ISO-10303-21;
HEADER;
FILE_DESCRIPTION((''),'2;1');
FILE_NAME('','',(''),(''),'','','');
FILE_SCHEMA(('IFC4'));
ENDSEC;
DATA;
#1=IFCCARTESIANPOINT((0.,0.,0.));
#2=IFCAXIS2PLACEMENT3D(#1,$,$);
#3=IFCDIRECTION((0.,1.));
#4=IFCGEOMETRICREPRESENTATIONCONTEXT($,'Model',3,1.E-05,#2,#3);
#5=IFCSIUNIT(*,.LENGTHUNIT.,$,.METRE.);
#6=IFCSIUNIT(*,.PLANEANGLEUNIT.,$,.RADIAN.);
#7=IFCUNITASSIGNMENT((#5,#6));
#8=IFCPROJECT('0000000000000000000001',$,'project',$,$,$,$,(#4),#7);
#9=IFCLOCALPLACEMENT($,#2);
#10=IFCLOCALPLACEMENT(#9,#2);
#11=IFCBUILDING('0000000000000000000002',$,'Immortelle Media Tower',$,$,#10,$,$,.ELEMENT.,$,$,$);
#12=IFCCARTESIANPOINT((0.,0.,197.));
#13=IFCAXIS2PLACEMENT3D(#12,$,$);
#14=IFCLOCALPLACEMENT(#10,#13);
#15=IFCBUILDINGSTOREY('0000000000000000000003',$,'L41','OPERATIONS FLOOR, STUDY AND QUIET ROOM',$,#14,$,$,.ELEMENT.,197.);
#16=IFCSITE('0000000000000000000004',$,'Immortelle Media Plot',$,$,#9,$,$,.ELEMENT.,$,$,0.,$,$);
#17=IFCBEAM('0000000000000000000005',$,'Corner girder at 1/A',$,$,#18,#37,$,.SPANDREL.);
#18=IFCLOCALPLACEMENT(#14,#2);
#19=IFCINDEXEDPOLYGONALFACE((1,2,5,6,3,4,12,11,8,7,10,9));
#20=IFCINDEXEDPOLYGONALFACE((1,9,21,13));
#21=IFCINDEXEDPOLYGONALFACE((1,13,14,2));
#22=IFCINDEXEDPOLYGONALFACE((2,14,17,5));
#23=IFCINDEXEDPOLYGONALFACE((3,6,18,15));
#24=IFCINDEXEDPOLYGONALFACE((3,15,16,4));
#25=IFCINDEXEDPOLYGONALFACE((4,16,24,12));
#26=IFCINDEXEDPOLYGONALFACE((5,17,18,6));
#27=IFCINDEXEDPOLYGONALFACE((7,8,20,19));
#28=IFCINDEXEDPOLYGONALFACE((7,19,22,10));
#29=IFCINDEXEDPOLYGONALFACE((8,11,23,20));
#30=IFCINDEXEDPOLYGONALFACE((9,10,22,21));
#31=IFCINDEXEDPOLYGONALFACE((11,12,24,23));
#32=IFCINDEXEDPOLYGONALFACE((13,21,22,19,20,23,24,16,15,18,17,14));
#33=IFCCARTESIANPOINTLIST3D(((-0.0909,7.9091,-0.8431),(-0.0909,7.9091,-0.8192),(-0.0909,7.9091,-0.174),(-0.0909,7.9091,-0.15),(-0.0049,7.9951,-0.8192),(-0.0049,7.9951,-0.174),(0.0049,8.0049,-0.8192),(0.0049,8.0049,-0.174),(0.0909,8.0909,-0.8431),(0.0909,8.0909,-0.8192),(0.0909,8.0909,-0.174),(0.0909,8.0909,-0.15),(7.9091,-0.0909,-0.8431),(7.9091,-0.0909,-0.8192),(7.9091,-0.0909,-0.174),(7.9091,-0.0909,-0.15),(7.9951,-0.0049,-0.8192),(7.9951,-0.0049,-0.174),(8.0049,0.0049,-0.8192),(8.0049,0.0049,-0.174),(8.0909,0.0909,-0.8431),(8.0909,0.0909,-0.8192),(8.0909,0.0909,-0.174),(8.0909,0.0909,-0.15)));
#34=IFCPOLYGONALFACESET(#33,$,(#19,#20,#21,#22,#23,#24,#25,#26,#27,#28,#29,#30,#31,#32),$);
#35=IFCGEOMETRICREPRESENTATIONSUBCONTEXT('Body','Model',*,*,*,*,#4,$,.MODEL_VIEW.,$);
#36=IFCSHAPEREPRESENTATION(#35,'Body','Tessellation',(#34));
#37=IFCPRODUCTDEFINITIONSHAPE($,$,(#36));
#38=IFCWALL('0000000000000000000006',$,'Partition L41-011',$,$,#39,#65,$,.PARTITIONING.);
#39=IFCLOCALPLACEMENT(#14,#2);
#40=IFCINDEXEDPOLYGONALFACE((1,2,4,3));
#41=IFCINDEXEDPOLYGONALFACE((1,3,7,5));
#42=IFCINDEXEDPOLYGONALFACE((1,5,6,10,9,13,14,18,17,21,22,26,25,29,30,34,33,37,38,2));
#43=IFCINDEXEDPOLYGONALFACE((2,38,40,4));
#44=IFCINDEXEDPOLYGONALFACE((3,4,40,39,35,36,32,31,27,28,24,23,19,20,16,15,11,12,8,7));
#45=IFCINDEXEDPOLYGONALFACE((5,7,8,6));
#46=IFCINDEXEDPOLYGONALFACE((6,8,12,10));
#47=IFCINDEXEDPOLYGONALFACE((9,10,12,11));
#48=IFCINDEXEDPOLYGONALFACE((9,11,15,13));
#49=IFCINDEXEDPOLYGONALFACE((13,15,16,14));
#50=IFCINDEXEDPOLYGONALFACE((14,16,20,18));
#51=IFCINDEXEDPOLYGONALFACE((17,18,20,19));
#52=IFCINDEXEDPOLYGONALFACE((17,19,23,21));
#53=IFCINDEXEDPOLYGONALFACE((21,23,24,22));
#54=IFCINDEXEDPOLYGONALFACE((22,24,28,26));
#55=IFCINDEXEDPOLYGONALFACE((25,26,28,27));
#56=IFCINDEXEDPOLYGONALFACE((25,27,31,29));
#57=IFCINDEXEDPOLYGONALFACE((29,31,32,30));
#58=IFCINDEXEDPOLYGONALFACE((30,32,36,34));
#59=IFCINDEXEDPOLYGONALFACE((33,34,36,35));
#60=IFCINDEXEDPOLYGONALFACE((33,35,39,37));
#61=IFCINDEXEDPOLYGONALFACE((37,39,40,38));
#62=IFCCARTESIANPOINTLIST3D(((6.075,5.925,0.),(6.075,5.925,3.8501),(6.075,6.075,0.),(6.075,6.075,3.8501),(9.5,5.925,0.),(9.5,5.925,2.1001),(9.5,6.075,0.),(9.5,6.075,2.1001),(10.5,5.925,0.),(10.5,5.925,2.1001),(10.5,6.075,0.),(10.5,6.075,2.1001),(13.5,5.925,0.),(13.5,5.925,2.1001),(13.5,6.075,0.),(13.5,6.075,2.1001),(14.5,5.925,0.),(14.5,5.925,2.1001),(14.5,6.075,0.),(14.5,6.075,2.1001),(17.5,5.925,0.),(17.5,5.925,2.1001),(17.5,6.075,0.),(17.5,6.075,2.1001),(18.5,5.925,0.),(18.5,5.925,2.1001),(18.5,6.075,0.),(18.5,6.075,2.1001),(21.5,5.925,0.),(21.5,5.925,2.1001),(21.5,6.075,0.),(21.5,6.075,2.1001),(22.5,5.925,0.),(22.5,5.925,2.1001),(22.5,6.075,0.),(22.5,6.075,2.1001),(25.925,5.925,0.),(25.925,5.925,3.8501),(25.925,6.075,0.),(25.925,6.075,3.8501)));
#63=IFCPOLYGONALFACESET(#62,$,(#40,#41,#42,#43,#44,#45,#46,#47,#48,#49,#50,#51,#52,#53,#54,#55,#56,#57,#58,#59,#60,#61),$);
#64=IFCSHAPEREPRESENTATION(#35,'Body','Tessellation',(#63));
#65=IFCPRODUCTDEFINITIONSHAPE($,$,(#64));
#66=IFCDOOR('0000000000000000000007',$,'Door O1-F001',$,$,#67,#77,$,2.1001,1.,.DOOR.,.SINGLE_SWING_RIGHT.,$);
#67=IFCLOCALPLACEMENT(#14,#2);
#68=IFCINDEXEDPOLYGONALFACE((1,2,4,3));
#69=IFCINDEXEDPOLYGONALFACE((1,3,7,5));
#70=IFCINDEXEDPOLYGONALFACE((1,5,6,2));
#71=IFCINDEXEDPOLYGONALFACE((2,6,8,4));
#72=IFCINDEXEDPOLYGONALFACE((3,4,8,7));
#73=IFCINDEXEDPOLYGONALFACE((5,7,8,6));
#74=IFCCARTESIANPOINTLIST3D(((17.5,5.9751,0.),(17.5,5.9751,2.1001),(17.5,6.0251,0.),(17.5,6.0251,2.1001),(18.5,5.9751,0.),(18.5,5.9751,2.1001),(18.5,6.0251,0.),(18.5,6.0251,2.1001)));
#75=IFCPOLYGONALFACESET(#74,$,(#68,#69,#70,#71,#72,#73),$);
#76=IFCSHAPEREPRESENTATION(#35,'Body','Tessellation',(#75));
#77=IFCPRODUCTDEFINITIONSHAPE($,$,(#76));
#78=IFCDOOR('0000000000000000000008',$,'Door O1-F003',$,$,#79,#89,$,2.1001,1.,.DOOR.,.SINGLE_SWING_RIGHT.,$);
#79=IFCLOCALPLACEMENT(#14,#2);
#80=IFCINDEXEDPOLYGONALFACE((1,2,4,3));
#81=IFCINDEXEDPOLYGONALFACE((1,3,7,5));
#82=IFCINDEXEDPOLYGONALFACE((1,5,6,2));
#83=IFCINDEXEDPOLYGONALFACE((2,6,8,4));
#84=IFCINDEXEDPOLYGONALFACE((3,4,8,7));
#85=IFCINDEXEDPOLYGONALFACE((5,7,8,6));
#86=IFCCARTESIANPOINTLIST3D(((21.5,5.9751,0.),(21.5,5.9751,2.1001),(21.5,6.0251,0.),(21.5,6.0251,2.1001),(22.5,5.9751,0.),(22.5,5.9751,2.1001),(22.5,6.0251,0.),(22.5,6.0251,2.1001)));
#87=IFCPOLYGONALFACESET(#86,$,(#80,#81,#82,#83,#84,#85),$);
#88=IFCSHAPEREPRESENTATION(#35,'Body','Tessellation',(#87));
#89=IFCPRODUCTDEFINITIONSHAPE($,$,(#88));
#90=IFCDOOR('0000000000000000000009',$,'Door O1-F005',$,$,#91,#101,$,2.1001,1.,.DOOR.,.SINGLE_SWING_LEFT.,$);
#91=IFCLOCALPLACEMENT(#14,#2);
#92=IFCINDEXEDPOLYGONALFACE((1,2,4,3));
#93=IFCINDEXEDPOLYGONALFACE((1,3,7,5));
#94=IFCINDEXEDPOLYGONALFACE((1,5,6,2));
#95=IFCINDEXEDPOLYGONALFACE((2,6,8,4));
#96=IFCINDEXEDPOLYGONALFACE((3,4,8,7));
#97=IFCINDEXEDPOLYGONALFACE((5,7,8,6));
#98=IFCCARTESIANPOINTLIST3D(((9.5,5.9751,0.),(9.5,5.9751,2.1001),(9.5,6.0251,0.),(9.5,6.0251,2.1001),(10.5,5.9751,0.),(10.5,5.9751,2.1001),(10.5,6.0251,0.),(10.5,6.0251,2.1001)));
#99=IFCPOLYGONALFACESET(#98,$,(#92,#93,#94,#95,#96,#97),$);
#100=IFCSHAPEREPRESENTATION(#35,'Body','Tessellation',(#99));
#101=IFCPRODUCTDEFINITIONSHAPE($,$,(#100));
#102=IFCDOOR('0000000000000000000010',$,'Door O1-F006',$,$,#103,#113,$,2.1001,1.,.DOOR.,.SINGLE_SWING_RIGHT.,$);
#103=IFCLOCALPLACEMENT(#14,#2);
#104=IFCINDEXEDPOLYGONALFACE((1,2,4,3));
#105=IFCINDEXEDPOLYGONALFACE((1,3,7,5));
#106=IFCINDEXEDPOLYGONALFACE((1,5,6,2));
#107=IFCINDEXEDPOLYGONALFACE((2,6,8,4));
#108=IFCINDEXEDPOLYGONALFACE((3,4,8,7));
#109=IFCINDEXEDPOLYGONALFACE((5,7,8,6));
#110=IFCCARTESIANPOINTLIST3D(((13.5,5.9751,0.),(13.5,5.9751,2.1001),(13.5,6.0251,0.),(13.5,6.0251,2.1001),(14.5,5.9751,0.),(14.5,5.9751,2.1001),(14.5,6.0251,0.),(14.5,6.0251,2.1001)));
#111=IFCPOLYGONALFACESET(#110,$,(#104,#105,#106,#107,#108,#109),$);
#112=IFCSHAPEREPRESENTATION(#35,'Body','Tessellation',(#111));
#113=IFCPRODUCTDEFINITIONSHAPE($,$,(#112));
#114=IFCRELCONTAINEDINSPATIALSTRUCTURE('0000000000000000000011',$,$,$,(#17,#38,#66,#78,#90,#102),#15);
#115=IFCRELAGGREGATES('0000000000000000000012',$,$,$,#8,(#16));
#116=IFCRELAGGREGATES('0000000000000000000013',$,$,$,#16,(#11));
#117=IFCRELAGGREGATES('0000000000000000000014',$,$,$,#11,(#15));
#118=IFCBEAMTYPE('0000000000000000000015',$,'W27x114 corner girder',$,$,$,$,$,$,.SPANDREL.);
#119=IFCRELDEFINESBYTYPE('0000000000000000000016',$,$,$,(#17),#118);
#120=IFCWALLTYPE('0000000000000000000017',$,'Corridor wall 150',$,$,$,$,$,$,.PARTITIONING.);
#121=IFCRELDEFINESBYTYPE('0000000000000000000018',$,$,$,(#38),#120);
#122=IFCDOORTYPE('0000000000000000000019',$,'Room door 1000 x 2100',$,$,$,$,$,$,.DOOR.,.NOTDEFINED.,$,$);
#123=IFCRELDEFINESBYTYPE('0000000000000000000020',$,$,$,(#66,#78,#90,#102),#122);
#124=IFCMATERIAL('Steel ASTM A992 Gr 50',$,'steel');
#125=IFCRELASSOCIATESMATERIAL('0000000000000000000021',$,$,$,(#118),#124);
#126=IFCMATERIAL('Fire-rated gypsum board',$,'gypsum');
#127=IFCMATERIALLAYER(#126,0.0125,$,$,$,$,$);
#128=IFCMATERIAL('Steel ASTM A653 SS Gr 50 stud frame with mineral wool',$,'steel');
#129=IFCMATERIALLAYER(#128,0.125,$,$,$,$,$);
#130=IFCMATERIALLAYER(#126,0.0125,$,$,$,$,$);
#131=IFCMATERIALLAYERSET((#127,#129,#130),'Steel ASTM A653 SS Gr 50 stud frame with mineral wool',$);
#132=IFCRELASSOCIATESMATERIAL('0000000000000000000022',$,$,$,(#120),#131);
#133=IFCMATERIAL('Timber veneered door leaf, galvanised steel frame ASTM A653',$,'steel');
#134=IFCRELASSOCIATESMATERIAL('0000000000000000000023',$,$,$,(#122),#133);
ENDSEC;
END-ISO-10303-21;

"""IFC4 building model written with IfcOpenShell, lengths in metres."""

from ifc_helpers import new_model, si_unit, direction, frame, frame_2d, origin, origin_2d, place, context, subcontext, project, spatial, rectangle, i_section, extrude, material, layer, layer_set, material_profile, profile_set, type_object, element, fill, save


model = new_model("IFC4")

# Units and contexts
model_context = context("Model", 3, precision=1e-05, world=origin(), true_north=direction((0.0, 1.0)))
body_context = subcontext(model_context, "Body", "Model", "MODEL_VIEW")
ifc_project = project(units=[si_unit("LENGTHUNIT", "METRE"), si_unit("PLANEANGLEUNIT", "RADIAN")], contexts=[model_context])

# Site, building, storey
site_placement = place(None, origin())
site = spatial("IfcSite", under=ifc_project, at=site_placement, Name="Immortelle Media Plot", CompositionType="ELEMENT", RefElevation=0.0)
building_placement = place(site_placement, origin())
building = spatial("IfcBuilding", under=site, at=building_placement, Name="Immortelle Media Tower", CompositionType="ELEMENT")
storey_placement = place(building_placement, frame((0.0, 0.0, 197.0)))
storey = spatial("IfcBuildingStorey", under=building, at=storey_placement, Name="L41", Description="OPERATIONS FLOOR, STUDY AND QUIET ROOM", CompositionType="ELEMENT", Elevation=197.0)

# Shared definitions
ifc_material_1 = material(Name="Steel ASTM A992 Gr 50", Category="steel")

# Beam
ifc_material_profile_1 = material_profile(ifc_material_1, i_section(OverallWidth=0.2571, OverallDepth=0.6931, WebThickness=0.0139, FlangeThickness=0.0239, at=origin_2d()), Name="W27x114")
ifc_profile_set_1 = profile_set([ifc_material_profile_1], Name="Steel ASTM A992 Gr 50")
beam_type_1 = type_object("IfcBeamType", Name="W27x114 corner girder", PredefinedType="SPANDREL", material=ifc_profile_set_1)
beam_1_placement = place(storey_placement, frame((8.0, 0.0, -0.4966), z_axis=(-0.707107, 0.707107, 0.0), x_axis=(-0.707107, -0.707107, 0.0)))
element("IfcBeam", 1, at=beam_1_placement, inside=storey, type_object=beam_type_1, Name="Corner girder at 1/A", PredefinedType="SPANDREL", context=body_context, shape_type="SweptSolid", body=[
    extrude(i_section(OverallWidth=0.2571, OverallDepth=0.6931, WebThickness=0.0139, FlangeThickness=0.0239, at=origin_2d()), origin(), (0.0, 0.0, 1.0), 11.3137),
])

# Wall, openings, doors
ifc_material_2 = material(Name="Fire-rated gypsum board", Category="gypsum")
ifc_layer_1 = layer(ifc_material_2, 0.0125)
ifc_material_3 = material(Name="Steel ASTM A653 SS Gr 50 stud frame with mineral wool", Category="steel")
ifc_layer_2 = layer(ifc_material_3, 0.125)
ifc_layer_3 = layer(ifc_material_2, 0.0125)
ifc_layer_set_1 = layer_set([ifc_layer_1, ifc_layer_2, ifc_layer_3], Name="Steel ASTM A653 SS Gr 50 stud frame with mineral wool")
wall_type_1 = type_object("IfcWallType", Name="Corridor wall 150", PredefinedType="PARTITIONING", material=ifc_layer_set_1)
wall_1_placement = place(storey_placement, frame((6.075, 6.0, 0.0), z_axis=(0.0, 0.0, 1.0), x_axis=(1.0, 0.0, 0.0)))
wall_1 = element("IfcWall", 2, at=wall_1_placement, inside=storey, type_object=wall_type_1, Name="Partition L41-011", PredefinedType="PARTITIONING", context=body_context, shape_type="SweptSolid", body=[
    extrude(rectangle(XDim=19.8501, YDim=0.1499, at=frame_2d((9.925, 0.0))), origin(), (0.0, 0.0, 1.0), 3.8501),
])
opening_1_placement = place(wall_1_placement, frame((12.425, 0.0, 0.0), z_axis=(0.0, 0.0, 1.0), x_axis=(-1.0, 0.0, 0.0)))
opening_1 = element("IfcOpeningElement", 3, at=opening_1_placement, cuts=wall_1, PredefinedType="OPENING", context=body_context, shape_type="SweptSolid", body=[
    extrude(rectangle(XDim=1.0, YDim=2.1001, at=frame_2d((0.5, 1.05))), frame((0.0, 0.085, 0.0), z_axis=(0.0, -1.0, 0.0), x_axis=(1.0, 0.0, 0.0)), (0.0, 0.0, 1.0), 0.1699),
])
opening_2_placement = place(wall_1_placement, frame((16.425, 0.0, 0.0), z_axis=(0.0, 0.0, 1.0), x_axis=(-1.0, 0.0, 0.0)))
opening_2 = element("IfcOpeningElement", 4, at=opening_2_placement, cuts=wall_1, PredefinedType="OPENING", context=body_context, shape_type="SweptSolid", body=[
    extrude(rectangle(XDim=1.0, YDim=2.1001, at=frame_2d((0.5, 1.05))), frame((0.0, 0.085, 0.0), z_axis=(0.0, -1.0, 0.0), x_axis=(1.0, 0.0, 0.0)), (0.0, 0.0, 1.0), 0.1699),
])
opening_3_placement = place(wall_1_placement, frame((4.425, 0.0, 0.0), z_axis=(0.0, 0.0, 1.0), x_axis=(-1.0, 0.0, 0.0)))
opening_3 = element("IfcOpeningElement", 5, at=opening_3_placement, cuts=wall_1, PredefinedType="OPENING", context=body_context, shape_type="SweptSolid", body=[
    extrude(rectangle(XDim=1.0, YDim=2.1001, at=frame_2d((0.5, 1.05))), frame((0.0, 0.085, 0.0), z_axis=(0.0, -1.0, 0.0), x_axis=(1.0, 0.0, 0.0)), (0.0, 0.0, 1.0), 0.1699),
])
opening_4_placement = place(wall_1_placement, frame((8.425, 0.0, 0.0), z_axis=(0.0, 0.0, 1.0), x_axis=(-1.0, 0.0, 0.0)))
opening_4 = element("IfcOpeningElement", 6, at=opening_4_placement, cuts=wall_1, PredefinedType="OPENING", context=body_context, shape_type="SweptSolid", body=[
    extrude(rectangle(XDim=1.0, YDim=2.1001, at=frame_2d((0.5, 1.05))), frame((0.0, 0.085, 0.0), z_axis=(0.0, -1.0, 0.0), x_axis=(1.0, 0.0, 0.0)), (0.0, 0.0, 1.0), 0.1699),
])
ifc_material_4 = material(Name="Timber veneered door leaf, galvanised steel frame ASTM A653", Category="steel")
door_type = type_object("IfcDoorType", Name="Room door 1000 x 2100", OperationType="NOTDEFINED", PredefinedType="DOOR", material=ifc_material_4)
door_1_placement = place(opening_1_placement, origin())
door_1 = element("IfcDoor", 7, at=door_1_placement, inside=storey, type_object=door_type, Name="Door O1-F001", OperationType="SINGLE_SWING_RIGHT", OverallHeight=2.1001, OverallWidth=1.0, PredefinedType="DOOR", context=body_context, shape_type="SweptSolid", body=[
    extrude(rectangle(XDim=1.0, YDim=2.1001, at=frame_2d((0.5, 1.05))), frame((0.0, 0.0249, 0.0), z_axis=(0.0, -1.0, 0.0), x_axis=(1.0, 0.0, 0.0)), (0.0, 0.0, 1.0), 0.05),
])
fill(opening_1, door_1)
door_2_placement = place(opening_2_placement, origin())
door_2 = element("IfcDoor", 8, at=door_2_placement, inside=storey, type_object=door_type, Name="Door O1-F003", OperationType="SINGLE_SWING_RIGHT", OverallHeight=2.1001, OverallWidth=1.0, PredefinedType="DOOR", context=body_context, shape_type="SweptSolid", body=[
    extrude(rectangle(XDim=1.0, YDim=2.1001, at=frame_2d((0.5, 1.05))), frame((0.0, 0.0249, 0.0), z_axis=(0.0, -1.0, 0.0), x_axis=(1.0, 0.0, 0.0)), (0.0, 0.0, 1.0), 0.05),
])
fill(opening_2, door_2)
door_3_placement = place(opening_3_placement, origin())
door_3 = element("IfcDoor", 9, at=door_3_placement, inside=storey, type_object=door_type, Name="Door O1-F005", OperationType="SINGLE_SWING_LEFT", OverallHeight=2.1001, OverallWidth=1.0, PredefinedType="DOOR", context=body_context, shape_type="SweptSolid", body=[
    extrude(rectangle(XDim=1.0, YDim=2.1001, at=frame_2d((0.5, 1.05))), frame((0.0, 0.0249, 0.0), z_axis=(0.0, -1.0, 0.0), x_axis=(1.0, 0.0, 0.0)), (0.0, 0.0, 1.0), 0.05),
])
fill(opening_3, door_3)
door_4_placement = place(opening_4_placement, origin())
door_4 = element("IfcDoor", 10, at=door_4_placement, inside=storey, type_object=door_type, Name="Door O1-F006", OperationType="SINGLE_SWING_RIGHT", OverallHeight=2.1001, OverallWidth=1.0, PredefinedType="DOOR", context=body_context, shape_type="SweptSolid", body=[
    extrude(rectangle(XDim=1.0, YDim=2.1001, at=frame_2d((0.5, 1.05))), frame((0.0, 0.0249, 0.0), z_axis=(0.0, -1.0, 0.0), x_axis=(1.0, 0.0, 0.0)), (0.0, 0.0, 1.0), 0.05),
])
fill(opening_4, door_4)

save(model, "model.ifc")
